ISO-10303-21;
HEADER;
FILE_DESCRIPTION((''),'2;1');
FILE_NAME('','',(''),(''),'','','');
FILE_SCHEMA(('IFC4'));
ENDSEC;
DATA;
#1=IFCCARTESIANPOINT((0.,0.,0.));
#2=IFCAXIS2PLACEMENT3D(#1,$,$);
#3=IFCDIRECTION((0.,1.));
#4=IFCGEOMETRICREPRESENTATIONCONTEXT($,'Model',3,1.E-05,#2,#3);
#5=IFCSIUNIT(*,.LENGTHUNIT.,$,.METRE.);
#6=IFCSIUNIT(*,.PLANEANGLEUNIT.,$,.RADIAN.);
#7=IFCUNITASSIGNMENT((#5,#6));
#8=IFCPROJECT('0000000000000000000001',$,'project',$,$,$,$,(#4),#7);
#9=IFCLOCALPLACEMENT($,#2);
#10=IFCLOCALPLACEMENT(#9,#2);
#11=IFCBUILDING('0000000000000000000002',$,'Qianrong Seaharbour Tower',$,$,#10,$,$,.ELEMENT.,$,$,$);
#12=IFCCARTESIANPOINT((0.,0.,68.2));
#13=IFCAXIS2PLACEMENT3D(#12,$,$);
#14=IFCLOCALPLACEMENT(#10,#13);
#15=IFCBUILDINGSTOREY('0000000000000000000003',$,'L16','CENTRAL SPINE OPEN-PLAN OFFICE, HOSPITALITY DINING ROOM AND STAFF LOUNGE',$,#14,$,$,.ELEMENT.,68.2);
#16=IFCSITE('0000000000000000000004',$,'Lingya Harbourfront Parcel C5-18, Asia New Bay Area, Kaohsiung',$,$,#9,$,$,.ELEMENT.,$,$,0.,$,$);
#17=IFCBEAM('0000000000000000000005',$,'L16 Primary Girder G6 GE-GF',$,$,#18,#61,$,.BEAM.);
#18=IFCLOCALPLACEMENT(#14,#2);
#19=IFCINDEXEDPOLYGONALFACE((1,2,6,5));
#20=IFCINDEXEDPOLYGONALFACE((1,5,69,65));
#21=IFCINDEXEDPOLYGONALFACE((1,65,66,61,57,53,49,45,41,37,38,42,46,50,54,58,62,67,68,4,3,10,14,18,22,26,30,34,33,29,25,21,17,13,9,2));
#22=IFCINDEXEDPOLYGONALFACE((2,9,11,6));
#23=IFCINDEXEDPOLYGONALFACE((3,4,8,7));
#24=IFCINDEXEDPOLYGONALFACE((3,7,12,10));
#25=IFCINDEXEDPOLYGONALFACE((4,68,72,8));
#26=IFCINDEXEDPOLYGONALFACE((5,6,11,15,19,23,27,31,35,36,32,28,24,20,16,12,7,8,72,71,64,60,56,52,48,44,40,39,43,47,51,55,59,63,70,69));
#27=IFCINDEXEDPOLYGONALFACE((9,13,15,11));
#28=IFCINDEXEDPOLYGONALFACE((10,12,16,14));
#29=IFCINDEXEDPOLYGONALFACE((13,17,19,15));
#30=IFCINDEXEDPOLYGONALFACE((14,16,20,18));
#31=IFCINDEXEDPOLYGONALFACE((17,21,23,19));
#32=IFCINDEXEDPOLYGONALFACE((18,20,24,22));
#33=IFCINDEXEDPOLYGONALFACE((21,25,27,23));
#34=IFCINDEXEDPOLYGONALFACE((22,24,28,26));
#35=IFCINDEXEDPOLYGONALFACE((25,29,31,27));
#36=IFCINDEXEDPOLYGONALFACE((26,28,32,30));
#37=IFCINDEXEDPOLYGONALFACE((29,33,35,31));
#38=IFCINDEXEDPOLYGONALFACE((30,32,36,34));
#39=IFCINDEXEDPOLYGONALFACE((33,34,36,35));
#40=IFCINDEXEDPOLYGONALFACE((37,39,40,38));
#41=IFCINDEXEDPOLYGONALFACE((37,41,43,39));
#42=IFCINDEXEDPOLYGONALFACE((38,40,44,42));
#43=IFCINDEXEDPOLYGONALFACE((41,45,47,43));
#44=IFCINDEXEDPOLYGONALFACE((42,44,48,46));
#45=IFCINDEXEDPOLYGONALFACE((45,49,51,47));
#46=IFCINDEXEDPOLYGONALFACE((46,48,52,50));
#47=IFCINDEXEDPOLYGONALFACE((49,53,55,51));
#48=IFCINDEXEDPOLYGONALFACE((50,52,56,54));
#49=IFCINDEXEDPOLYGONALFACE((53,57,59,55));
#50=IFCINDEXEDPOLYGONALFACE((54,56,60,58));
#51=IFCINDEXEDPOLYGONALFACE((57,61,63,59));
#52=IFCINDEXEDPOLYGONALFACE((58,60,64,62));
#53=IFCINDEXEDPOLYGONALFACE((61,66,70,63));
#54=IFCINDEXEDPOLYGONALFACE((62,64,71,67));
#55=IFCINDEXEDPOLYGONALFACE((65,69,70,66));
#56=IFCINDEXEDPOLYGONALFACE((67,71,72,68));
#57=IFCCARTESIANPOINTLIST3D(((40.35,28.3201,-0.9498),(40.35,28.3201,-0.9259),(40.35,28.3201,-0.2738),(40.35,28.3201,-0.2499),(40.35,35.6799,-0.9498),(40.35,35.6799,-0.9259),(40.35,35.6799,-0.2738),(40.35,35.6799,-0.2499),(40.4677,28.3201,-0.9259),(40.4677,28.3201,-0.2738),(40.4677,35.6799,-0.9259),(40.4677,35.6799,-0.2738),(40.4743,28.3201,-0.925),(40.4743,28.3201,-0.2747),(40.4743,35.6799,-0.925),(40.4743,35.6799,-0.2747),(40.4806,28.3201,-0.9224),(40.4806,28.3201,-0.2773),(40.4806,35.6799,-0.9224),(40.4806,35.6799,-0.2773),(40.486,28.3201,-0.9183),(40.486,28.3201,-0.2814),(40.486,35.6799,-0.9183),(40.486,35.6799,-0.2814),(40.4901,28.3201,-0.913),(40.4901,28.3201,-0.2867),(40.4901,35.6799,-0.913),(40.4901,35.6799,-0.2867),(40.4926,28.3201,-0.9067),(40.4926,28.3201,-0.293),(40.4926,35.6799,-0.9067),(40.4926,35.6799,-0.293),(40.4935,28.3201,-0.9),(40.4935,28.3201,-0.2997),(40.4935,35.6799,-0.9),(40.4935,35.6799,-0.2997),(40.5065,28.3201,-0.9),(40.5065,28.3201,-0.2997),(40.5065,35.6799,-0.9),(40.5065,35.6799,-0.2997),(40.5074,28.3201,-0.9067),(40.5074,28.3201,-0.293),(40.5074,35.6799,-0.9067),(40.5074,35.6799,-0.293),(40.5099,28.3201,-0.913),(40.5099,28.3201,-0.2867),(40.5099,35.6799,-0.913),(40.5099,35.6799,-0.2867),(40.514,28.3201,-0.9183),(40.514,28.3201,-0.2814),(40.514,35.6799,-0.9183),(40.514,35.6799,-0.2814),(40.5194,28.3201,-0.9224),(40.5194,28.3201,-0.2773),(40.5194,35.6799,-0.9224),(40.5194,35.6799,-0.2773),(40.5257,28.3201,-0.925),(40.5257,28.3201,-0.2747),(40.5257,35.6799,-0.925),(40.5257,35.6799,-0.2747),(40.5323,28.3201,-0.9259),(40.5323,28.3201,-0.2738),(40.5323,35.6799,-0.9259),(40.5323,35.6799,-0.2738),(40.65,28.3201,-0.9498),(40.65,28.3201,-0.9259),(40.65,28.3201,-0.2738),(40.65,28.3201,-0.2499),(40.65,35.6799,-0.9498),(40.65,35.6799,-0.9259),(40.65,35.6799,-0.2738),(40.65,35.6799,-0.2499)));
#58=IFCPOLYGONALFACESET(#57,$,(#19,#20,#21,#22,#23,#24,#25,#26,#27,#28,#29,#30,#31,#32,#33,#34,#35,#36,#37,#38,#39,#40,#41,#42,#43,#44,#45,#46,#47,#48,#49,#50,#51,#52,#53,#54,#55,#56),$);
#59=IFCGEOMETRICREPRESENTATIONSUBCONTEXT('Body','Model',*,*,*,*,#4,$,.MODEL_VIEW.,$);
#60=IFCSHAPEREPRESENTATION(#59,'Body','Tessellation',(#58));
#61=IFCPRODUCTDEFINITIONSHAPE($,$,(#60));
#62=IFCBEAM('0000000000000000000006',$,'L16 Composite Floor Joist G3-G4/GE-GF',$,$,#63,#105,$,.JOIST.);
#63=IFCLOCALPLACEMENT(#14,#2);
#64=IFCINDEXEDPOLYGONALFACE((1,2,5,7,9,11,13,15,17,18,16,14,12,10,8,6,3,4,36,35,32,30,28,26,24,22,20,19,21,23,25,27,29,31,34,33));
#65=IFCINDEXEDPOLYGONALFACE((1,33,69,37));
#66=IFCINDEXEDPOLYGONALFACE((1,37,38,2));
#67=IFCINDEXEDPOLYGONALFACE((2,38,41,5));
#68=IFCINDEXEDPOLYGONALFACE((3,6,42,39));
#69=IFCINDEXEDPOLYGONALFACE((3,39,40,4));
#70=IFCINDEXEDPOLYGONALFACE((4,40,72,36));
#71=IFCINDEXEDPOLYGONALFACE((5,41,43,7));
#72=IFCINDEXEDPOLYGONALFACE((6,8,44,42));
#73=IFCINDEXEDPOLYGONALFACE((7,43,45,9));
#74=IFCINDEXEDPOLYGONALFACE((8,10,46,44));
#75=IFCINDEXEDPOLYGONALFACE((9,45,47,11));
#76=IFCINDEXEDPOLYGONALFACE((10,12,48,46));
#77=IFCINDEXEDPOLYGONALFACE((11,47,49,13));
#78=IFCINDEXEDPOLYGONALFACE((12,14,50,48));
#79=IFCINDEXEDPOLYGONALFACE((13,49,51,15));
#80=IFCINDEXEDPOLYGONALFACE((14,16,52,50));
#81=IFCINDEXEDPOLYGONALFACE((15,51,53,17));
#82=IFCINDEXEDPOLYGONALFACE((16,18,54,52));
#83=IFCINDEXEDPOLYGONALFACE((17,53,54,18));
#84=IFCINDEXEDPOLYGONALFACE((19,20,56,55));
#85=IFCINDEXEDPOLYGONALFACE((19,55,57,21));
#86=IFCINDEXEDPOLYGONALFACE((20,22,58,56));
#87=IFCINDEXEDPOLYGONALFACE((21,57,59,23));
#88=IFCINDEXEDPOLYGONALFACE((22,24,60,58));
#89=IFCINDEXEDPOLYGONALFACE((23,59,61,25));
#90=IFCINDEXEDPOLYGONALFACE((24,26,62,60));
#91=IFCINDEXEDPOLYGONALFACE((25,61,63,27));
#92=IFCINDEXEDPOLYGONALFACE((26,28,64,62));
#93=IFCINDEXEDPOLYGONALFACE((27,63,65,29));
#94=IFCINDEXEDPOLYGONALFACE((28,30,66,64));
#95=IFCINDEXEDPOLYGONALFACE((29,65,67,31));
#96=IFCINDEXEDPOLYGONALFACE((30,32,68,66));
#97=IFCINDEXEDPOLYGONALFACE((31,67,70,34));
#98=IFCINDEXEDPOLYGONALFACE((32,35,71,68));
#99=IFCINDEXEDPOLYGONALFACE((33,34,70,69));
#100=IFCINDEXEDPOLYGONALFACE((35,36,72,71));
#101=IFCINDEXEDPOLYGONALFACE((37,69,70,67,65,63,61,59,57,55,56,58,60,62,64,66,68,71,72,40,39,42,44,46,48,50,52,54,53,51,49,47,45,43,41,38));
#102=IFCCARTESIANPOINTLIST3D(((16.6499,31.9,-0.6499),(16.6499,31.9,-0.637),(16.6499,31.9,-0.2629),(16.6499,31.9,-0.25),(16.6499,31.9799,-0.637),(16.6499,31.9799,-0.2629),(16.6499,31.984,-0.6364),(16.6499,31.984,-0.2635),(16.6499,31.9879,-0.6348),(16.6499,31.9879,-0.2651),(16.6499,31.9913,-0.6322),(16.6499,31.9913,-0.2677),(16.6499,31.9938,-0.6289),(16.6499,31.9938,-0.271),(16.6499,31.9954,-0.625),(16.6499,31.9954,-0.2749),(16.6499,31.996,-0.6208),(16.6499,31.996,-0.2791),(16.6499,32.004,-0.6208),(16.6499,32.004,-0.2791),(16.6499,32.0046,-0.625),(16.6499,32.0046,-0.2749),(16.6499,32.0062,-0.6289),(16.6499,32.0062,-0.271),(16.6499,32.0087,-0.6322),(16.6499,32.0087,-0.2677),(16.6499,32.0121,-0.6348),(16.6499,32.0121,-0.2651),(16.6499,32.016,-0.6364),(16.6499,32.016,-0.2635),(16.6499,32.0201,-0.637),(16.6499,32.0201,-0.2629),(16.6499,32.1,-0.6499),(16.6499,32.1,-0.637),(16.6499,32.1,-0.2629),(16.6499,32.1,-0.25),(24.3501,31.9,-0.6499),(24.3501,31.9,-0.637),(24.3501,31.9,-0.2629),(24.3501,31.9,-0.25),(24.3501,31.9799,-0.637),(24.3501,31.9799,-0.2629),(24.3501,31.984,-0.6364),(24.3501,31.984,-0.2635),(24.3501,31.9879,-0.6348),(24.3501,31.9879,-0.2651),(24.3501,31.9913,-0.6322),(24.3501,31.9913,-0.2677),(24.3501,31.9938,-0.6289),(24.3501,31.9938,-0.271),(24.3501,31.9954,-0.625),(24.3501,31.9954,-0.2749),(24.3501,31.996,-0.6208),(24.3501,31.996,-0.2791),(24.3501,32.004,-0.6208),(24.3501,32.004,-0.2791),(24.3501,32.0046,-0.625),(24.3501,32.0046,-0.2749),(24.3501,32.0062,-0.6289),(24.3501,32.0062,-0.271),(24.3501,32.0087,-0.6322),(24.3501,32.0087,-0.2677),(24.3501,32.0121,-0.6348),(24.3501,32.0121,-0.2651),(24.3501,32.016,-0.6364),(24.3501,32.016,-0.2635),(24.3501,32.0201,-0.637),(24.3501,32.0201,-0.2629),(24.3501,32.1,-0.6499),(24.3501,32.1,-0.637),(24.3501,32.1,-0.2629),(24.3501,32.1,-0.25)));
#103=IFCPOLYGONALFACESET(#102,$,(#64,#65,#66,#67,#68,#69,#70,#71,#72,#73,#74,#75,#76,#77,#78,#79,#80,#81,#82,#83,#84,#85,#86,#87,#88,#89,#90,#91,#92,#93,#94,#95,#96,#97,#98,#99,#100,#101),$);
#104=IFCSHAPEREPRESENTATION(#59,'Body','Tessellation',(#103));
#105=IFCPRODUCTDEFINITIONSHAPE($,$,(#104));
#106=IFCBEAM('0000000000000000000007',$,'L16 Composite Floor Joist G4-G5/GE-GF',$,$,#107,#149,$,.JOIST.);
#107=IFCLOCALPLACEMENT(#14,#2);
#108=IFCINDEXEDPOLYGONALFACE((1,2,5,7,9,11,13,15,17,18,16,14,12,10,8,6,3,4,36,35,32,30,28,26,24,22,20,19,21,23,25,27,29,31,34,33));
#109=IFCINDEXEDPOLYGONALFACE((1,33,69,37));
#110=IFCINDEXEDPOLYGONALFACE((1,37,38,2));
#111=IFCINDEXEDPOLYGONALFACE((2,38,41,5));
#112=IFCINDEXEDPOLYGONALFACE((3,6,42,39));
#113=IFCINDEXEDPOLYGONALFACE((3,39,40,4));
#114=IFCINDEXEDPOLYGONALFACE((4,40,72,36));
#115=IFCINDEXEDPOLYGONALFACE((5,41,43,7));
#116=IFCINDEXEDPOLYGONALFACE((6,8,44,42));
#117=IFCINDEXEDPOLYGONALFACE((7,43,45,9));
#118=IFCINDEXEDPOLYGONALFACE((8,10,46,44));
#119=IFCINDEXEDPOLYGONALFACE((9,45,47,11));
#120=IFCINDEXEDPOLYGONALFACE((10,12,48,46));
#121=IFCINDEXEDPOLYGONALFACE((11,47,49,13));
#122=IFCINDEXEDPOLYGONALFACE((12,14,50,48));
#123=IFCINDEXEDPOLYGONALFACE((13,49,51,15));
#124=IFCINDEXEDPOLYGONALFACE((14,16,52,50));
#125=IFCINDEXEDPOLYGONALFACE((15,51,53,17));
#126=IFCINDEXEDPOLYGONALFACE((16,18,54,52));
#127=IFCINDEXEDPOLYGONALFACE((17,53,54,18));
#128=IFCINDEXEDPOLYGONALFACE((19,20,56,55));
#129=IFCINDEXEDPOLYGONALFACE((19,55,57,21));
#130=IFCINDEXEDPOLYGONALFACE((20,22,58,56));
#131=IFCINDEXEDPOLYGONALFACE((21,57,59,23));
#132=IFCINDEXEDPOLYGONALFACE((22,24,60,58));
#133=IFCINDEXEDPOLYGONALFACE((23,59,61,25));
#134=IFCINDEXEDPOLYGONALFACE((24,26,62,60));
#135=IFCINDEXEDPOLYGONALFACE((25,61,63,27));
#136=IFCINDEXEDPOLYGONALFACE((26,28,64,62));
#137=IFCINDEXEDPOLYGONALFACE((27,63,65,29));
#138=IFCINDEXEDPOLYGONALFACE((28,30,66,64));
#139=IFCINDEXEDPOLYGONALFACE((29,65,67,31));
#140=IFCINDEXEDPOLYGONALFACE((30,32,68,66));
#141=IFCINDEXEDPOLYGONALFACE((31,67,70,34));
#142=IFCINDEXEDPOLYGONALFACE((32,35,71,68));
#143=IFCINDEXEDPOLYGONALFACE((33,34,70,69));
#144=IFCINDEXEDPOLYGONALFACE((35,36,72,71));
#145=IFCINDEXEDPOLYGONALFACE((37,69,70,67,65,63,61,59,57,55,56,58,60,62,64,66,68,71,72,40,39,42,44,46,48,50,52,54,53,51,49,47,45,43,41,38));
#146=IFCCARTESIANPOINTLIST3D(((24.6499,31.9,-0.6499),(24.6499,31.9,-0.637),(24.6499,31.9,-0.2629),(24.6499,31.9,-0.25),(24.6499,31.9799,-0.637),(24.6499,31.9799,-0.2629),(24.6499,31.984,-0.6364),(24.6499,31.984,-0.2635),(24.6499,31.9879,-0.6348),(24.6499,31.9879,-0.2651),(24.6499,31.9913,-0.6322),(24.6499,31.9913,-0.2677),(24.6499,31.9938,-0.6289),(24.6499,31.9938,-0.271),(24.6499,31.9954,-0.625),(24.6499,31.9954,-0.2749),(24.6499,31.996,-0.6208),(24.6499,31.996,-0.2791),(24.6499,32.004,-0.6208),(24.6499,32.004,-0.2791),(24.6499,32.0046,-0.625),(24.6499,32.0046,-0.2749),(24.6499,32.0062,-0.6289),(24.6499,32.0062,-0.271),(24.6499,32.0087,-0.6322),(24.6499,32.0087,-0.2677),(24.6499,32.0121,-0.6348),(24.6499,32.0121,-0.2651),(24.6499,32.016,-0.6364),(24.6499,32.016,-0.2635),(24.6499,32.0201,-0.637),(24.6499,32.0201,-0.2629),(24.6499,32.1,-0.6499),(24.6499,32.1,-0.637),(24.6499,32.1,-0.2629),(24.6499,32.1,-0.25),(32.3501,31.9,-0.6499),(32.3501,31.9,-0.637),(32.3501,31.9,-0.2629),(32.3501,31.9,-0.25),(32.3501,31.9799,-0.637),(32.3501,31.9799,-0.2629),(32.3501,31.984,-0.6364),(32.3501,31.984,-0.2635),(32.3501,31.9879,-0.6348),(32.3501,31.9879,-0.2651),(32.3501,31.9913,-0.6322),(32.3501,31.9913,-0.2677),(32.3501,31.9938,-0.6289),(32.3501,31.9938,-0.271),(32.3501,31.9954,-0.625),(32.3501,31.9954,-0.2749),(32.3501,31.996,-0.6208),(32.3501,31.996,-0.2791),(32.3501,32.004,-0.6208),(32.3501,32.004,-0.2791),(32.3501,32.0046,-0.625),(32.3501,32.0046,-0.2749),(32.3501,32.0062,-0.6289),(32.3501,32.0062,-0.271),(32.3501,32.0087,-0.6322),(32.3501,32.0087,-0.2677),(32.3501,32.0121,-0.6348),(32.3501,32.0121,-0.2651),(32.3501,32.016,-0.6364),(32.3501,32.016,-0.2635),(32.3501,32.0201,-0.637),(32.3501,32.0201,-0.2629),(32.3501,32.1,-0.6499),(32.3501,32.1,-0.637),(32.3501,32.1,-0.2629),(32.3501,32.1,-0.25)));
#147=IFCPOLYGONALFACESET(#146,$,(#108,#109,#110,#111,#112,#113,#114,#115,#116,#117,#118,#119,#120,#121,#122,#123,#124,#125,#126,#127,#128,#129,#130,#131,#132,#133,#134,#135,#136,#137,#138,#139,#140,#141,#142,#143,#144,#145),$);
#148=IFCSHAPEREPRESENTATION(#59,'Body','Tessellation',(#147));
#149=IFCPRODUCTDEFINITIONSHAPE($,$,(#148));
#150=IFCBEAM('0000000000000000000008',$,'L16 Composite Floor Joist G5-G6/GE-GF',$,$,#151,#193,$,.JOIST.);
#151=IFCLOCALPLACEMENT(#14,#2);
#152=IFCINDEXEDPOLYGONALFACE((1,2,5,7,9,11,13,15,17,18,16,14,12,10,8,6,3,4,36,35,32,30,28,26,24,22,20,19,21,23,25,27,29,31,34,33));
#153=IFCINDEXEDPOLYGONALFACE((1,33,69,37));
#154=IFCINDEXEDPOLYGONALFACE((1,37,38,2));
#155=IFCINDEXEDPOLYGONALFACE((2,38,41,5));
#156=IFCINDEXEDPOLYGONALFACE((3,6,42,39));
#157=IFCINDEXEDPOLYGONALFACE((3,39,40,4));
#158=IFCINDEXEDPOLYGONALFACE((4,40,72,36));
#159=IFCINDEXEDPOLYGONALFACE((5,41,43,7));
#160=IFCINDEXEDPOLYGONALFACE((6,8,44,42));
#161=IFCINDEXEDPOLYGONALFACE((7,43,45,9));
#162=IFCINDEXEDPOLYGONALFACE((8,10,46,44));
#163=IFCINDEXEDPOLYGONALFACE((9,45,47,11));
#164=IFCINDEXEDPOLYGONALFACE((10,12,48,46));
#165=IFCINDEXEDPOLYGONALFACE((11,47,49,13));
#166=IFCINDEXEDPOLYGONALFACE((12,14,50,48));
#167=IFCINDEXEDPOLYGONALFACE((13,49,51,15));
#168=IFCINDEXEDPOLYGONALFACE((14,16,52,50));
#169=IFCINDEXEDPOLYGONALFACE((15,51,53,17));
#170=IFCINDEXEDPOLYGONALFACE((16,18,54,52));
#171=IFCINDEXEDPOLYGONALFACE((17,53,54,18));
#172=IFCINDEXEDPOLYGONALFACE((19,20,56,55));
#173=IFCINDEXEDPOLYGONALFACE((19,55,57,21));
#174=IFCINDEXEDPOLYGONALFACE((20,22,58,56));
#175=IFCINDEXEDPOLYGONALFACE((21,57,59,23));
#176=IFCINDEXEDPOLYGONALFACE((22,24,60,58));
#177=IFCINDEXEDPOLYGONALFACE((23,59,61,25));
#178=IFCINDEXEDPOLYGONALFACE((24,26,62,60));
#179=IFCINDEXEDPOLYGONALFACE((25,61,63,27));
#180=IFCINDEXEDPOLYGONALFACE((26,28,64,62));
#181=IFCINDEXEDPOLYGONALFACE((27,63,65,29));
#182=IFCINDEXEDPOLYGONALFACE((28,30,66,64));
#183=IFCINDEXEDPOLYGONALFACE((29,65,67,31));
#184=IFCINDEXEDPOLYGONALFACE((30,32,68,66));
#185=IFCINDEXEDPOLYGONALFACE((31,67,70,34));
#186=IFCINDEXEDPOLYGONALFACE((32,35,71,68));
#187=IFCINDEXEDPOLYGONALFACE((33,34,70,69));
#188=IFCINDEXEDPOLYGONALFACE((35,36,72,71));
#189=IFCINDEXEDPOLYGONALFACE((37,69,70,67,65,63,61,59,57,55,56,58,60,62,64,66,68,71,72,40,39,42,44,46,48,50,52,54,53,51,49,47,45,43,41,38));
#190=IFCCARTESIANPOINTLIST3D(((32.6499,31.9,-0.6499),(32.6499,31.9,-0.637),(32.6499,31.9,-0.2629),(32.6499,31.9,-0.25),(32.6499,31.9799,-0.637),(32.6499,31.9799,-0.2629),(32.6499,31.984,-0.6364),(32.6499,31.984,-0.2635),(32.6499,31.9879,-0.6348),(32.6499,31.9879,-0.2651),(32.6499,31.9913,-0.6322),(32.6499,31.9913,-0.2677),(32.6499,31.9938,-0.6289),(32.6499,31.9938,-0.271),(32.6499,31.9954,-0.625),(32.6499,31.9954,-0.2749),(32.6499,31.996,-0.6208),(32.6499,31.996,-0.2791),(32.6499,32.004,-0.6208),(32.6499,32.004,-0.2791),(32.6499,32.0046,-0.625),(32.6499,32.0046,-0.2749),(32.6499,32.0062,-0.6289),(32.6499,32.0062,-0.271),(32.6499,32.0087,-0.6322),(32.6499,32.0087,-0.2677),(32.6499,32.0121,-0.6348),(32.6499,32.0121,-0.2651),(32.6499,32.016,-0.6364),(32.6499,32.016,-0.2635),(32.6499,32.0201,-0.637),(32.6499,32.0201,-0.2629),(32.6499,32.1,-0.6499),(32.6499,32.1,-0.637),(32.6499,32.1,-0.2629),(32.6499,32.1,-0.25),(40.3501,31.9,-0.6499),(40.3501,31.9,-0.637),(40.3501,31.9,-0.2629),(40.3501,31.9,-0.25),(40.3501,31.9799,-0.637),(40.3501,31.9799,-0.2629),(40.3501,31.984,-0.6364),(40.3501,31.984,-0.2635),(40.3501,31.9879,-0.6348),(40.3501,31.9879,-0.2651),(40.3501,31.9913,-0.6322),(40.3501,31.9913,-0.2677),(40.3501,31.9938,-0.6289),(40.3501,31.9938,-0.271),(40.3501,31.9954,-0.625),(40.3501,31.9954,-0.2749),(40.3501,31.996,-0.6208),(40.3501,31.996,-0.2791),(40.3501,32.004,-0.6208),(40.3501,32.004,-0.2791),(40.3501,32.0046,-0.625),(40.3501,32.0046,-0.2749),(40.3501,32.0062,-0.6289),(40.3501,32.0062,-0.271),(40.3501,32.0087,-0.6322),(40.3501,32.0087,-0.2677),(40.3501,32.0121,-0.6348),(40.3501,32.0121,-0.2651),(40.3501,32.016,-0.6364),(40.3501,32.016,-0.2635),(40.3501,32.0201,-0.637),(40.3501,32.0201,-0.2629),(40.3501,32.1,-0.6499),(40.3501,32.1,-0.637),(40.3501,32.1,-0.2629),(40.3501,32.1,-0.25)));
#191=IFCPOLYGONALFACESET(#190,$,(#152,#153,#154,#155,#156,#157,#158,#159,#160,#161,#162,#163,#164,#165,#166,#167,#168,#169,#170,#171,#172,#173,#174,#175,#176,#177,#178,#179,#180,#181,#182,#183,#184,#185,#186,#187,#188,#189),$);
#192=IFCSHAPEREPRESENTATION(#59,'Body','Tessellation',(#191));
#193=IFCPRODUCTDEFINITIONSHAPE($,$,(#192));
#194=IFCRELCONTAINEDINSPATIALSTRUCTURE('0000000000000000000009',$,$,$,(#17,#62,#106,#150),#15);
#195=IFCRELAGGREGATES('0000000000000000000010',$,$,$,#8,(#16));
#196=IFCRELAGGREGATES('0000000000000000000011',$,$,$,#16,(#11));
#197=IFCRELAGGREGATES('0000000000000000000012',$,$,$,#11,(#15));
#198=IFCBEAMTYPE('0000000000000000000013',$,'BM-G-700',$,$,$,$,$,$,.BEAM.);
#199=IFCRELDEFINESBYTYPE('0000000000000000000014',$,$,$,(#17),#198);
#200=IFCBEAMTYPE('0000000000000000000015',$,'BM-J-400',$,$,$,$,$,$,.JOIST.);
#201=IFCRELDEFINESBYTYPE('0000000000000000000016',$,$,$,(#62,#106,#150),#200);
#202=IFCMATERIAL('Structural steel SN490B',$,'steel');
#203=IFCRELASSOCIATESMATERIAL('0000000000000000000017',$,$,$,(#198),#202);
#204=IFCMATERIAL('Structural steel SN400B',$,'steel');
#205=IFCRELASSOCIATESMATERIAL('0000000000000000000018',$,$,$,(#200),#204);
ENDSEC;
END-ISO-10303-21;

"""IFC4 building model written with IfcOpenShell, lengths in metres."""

from ifc_helpers import new_model, si_unit, direction, frame, origin, origin_2d, place, context, subcontext, project, spatial, i_section, extrude, material, material_profile, profile_set, type_object, element, save


model = new_model("IFC4")

# Units and contexts
model_context = context("Model", 3, precision=1e-05, world=origin(), true_north=direction((0.0, 1.0)))
body_context = subcontext(model_context, "Body", "Model", "MODEL_VIEW")
ifc_project = project(units=[si_unit("LENGTHUNIT", "METRE"), si_unit("PLANEANGLEUNIT", "RADIAN")], contexts=[model_context])

# Site, building, storey
site_placement = place(None, origin())
site = spatial("IfcSite", under=ifc_project, at=site_placement, Name="Lingya Harbourfront Parcel C5-18, Asia New Bay Area, Kaohsiung", CompositionType="ELEMENT", RefElevation=0.0)
building_placement = place(site_placement, origin())
building = spatial("IfcBuilding", under=site, at=building_placement, Name="Qianrong Seaharbour Tower", CompositionType="ELEMENT")
storey_placement = place(building_placement, frame((0.0, 0.0, 68.2)))
storey = spatial("IfcBuildingStorey", under=building, at=storey_placement, Name="L16", Description="CENTRAL SPINE OPEN-PLAN OFFICE, HOSPITALITY DINING ROOM AND STAFF LOUNGE", CompositionType="ELEMENT", Elevation=68.2)

# Shared definitions
ifc_material_1 = material(Name="Structural steel SN490B", Category="steel")

# Beams
ifc_material_profile_1 = material_profile(ifc_material_1, i_section(OverallWidth=0.3, OverallDepth=0.7, WebThickness=0.0129, FlangeThickness=0.0239, FilletRadius=0.0259, at=origin_2d()), Name="H700x300x13x24")
ifc_profile_set_1 = profile_set([ifc_material_profile_1], Name="Structural steel SN490B")
beam_type_1 = type_object("IfcBeamType", Name="BM-G-700", PredefinedType="BEAM", material=ifc_profile_set_1)
for number, where, z_axis, x_axis, name in (
    (1, (40.5, 28.3201, -0.5999), (0.0, 1.0, 0.0), (-1.0, 0.0, 0.0), "L16 Primary Girder G6 GE-GF"),
):
    element("IfcBeam", number, at=place(storey_placement, frame(where, z_axis=z_axis, x_axis=x_axis)), inside=storey, type_object=beam_type_1, Name=name, PredefinedType="BEAM", context=body_context, shape_type="SweptSolid", body=[
        extrude(i_section(OverallWidth=0.3, OverallDepth=0.7, WebThickness=0.0129, FlangeThickness=0.0239, FilletRadius=0.0259, at=origin_2d()), origin(), (0.0, 0.0, 1.0), 7.3599),
    ])
ifc_material_2 = material(Name="Structural steel SN400B", Category="steel")
ifc_material_profile_2 = material_profile(ifc_material_2, i_section(OverallWidth=0.2, OverallDepth=0.3999, WebThickness=0.0081, FlangeThickness=0.0129, FilletRadius=0.0161, at=origin_2d()), Name="H400x200x8x13")
ifc_profile_set_2 = profile_set([ifc_material_profile_2], Name="Structural steel SN400B")
beam_type_2 = type_object("IfcBeamType", Name="BM-J-400", PredefinedType="JOIST", material=ifc_profile_set_2)
for number, where, z_axis, x_axis, name in (
    (2, (16.6499, 32.0, -0.45), (1.0, 0.0, 0.0), (0.0, 1.0, 0.0), "L16 Composite Floor Joist G3-G4/GE-GF"),
    (3, (24.6499, 32.0, -0.45), (1.0, 0.0, 0.0), (0.0, 1.0, 0.0), "L16 Composite Floor Joist G4-G5/GE-GF"),
    (4, (32.6499, 32.0, -0.45), (1.0, 0.0, 0.0), (0.0, 1.0, 0.0), "L16 Composite Floor Joist G5-G6/GE-GF"),
):
    element("IfcBeam", number, at=place(storey_placement, frame(where, z_axis=z_axis, x_axis=x_axis)), inside=storey, type_object=beam_type_2, Name=name, PredefinedType="JOIST", context=body_context, shape_type="SweptSolid", body=[
        extrude(i_section(OverallWidth=0.2, OverallDepth=0.3999, WebThickness=0.0081, FlangeThickness=0.0129, FilletRadius=0.0161, at=origin_2d()), origin(), (0.0, 0.0, 1.0), 7.7002),
    ])

save(model, "model.ifc")
